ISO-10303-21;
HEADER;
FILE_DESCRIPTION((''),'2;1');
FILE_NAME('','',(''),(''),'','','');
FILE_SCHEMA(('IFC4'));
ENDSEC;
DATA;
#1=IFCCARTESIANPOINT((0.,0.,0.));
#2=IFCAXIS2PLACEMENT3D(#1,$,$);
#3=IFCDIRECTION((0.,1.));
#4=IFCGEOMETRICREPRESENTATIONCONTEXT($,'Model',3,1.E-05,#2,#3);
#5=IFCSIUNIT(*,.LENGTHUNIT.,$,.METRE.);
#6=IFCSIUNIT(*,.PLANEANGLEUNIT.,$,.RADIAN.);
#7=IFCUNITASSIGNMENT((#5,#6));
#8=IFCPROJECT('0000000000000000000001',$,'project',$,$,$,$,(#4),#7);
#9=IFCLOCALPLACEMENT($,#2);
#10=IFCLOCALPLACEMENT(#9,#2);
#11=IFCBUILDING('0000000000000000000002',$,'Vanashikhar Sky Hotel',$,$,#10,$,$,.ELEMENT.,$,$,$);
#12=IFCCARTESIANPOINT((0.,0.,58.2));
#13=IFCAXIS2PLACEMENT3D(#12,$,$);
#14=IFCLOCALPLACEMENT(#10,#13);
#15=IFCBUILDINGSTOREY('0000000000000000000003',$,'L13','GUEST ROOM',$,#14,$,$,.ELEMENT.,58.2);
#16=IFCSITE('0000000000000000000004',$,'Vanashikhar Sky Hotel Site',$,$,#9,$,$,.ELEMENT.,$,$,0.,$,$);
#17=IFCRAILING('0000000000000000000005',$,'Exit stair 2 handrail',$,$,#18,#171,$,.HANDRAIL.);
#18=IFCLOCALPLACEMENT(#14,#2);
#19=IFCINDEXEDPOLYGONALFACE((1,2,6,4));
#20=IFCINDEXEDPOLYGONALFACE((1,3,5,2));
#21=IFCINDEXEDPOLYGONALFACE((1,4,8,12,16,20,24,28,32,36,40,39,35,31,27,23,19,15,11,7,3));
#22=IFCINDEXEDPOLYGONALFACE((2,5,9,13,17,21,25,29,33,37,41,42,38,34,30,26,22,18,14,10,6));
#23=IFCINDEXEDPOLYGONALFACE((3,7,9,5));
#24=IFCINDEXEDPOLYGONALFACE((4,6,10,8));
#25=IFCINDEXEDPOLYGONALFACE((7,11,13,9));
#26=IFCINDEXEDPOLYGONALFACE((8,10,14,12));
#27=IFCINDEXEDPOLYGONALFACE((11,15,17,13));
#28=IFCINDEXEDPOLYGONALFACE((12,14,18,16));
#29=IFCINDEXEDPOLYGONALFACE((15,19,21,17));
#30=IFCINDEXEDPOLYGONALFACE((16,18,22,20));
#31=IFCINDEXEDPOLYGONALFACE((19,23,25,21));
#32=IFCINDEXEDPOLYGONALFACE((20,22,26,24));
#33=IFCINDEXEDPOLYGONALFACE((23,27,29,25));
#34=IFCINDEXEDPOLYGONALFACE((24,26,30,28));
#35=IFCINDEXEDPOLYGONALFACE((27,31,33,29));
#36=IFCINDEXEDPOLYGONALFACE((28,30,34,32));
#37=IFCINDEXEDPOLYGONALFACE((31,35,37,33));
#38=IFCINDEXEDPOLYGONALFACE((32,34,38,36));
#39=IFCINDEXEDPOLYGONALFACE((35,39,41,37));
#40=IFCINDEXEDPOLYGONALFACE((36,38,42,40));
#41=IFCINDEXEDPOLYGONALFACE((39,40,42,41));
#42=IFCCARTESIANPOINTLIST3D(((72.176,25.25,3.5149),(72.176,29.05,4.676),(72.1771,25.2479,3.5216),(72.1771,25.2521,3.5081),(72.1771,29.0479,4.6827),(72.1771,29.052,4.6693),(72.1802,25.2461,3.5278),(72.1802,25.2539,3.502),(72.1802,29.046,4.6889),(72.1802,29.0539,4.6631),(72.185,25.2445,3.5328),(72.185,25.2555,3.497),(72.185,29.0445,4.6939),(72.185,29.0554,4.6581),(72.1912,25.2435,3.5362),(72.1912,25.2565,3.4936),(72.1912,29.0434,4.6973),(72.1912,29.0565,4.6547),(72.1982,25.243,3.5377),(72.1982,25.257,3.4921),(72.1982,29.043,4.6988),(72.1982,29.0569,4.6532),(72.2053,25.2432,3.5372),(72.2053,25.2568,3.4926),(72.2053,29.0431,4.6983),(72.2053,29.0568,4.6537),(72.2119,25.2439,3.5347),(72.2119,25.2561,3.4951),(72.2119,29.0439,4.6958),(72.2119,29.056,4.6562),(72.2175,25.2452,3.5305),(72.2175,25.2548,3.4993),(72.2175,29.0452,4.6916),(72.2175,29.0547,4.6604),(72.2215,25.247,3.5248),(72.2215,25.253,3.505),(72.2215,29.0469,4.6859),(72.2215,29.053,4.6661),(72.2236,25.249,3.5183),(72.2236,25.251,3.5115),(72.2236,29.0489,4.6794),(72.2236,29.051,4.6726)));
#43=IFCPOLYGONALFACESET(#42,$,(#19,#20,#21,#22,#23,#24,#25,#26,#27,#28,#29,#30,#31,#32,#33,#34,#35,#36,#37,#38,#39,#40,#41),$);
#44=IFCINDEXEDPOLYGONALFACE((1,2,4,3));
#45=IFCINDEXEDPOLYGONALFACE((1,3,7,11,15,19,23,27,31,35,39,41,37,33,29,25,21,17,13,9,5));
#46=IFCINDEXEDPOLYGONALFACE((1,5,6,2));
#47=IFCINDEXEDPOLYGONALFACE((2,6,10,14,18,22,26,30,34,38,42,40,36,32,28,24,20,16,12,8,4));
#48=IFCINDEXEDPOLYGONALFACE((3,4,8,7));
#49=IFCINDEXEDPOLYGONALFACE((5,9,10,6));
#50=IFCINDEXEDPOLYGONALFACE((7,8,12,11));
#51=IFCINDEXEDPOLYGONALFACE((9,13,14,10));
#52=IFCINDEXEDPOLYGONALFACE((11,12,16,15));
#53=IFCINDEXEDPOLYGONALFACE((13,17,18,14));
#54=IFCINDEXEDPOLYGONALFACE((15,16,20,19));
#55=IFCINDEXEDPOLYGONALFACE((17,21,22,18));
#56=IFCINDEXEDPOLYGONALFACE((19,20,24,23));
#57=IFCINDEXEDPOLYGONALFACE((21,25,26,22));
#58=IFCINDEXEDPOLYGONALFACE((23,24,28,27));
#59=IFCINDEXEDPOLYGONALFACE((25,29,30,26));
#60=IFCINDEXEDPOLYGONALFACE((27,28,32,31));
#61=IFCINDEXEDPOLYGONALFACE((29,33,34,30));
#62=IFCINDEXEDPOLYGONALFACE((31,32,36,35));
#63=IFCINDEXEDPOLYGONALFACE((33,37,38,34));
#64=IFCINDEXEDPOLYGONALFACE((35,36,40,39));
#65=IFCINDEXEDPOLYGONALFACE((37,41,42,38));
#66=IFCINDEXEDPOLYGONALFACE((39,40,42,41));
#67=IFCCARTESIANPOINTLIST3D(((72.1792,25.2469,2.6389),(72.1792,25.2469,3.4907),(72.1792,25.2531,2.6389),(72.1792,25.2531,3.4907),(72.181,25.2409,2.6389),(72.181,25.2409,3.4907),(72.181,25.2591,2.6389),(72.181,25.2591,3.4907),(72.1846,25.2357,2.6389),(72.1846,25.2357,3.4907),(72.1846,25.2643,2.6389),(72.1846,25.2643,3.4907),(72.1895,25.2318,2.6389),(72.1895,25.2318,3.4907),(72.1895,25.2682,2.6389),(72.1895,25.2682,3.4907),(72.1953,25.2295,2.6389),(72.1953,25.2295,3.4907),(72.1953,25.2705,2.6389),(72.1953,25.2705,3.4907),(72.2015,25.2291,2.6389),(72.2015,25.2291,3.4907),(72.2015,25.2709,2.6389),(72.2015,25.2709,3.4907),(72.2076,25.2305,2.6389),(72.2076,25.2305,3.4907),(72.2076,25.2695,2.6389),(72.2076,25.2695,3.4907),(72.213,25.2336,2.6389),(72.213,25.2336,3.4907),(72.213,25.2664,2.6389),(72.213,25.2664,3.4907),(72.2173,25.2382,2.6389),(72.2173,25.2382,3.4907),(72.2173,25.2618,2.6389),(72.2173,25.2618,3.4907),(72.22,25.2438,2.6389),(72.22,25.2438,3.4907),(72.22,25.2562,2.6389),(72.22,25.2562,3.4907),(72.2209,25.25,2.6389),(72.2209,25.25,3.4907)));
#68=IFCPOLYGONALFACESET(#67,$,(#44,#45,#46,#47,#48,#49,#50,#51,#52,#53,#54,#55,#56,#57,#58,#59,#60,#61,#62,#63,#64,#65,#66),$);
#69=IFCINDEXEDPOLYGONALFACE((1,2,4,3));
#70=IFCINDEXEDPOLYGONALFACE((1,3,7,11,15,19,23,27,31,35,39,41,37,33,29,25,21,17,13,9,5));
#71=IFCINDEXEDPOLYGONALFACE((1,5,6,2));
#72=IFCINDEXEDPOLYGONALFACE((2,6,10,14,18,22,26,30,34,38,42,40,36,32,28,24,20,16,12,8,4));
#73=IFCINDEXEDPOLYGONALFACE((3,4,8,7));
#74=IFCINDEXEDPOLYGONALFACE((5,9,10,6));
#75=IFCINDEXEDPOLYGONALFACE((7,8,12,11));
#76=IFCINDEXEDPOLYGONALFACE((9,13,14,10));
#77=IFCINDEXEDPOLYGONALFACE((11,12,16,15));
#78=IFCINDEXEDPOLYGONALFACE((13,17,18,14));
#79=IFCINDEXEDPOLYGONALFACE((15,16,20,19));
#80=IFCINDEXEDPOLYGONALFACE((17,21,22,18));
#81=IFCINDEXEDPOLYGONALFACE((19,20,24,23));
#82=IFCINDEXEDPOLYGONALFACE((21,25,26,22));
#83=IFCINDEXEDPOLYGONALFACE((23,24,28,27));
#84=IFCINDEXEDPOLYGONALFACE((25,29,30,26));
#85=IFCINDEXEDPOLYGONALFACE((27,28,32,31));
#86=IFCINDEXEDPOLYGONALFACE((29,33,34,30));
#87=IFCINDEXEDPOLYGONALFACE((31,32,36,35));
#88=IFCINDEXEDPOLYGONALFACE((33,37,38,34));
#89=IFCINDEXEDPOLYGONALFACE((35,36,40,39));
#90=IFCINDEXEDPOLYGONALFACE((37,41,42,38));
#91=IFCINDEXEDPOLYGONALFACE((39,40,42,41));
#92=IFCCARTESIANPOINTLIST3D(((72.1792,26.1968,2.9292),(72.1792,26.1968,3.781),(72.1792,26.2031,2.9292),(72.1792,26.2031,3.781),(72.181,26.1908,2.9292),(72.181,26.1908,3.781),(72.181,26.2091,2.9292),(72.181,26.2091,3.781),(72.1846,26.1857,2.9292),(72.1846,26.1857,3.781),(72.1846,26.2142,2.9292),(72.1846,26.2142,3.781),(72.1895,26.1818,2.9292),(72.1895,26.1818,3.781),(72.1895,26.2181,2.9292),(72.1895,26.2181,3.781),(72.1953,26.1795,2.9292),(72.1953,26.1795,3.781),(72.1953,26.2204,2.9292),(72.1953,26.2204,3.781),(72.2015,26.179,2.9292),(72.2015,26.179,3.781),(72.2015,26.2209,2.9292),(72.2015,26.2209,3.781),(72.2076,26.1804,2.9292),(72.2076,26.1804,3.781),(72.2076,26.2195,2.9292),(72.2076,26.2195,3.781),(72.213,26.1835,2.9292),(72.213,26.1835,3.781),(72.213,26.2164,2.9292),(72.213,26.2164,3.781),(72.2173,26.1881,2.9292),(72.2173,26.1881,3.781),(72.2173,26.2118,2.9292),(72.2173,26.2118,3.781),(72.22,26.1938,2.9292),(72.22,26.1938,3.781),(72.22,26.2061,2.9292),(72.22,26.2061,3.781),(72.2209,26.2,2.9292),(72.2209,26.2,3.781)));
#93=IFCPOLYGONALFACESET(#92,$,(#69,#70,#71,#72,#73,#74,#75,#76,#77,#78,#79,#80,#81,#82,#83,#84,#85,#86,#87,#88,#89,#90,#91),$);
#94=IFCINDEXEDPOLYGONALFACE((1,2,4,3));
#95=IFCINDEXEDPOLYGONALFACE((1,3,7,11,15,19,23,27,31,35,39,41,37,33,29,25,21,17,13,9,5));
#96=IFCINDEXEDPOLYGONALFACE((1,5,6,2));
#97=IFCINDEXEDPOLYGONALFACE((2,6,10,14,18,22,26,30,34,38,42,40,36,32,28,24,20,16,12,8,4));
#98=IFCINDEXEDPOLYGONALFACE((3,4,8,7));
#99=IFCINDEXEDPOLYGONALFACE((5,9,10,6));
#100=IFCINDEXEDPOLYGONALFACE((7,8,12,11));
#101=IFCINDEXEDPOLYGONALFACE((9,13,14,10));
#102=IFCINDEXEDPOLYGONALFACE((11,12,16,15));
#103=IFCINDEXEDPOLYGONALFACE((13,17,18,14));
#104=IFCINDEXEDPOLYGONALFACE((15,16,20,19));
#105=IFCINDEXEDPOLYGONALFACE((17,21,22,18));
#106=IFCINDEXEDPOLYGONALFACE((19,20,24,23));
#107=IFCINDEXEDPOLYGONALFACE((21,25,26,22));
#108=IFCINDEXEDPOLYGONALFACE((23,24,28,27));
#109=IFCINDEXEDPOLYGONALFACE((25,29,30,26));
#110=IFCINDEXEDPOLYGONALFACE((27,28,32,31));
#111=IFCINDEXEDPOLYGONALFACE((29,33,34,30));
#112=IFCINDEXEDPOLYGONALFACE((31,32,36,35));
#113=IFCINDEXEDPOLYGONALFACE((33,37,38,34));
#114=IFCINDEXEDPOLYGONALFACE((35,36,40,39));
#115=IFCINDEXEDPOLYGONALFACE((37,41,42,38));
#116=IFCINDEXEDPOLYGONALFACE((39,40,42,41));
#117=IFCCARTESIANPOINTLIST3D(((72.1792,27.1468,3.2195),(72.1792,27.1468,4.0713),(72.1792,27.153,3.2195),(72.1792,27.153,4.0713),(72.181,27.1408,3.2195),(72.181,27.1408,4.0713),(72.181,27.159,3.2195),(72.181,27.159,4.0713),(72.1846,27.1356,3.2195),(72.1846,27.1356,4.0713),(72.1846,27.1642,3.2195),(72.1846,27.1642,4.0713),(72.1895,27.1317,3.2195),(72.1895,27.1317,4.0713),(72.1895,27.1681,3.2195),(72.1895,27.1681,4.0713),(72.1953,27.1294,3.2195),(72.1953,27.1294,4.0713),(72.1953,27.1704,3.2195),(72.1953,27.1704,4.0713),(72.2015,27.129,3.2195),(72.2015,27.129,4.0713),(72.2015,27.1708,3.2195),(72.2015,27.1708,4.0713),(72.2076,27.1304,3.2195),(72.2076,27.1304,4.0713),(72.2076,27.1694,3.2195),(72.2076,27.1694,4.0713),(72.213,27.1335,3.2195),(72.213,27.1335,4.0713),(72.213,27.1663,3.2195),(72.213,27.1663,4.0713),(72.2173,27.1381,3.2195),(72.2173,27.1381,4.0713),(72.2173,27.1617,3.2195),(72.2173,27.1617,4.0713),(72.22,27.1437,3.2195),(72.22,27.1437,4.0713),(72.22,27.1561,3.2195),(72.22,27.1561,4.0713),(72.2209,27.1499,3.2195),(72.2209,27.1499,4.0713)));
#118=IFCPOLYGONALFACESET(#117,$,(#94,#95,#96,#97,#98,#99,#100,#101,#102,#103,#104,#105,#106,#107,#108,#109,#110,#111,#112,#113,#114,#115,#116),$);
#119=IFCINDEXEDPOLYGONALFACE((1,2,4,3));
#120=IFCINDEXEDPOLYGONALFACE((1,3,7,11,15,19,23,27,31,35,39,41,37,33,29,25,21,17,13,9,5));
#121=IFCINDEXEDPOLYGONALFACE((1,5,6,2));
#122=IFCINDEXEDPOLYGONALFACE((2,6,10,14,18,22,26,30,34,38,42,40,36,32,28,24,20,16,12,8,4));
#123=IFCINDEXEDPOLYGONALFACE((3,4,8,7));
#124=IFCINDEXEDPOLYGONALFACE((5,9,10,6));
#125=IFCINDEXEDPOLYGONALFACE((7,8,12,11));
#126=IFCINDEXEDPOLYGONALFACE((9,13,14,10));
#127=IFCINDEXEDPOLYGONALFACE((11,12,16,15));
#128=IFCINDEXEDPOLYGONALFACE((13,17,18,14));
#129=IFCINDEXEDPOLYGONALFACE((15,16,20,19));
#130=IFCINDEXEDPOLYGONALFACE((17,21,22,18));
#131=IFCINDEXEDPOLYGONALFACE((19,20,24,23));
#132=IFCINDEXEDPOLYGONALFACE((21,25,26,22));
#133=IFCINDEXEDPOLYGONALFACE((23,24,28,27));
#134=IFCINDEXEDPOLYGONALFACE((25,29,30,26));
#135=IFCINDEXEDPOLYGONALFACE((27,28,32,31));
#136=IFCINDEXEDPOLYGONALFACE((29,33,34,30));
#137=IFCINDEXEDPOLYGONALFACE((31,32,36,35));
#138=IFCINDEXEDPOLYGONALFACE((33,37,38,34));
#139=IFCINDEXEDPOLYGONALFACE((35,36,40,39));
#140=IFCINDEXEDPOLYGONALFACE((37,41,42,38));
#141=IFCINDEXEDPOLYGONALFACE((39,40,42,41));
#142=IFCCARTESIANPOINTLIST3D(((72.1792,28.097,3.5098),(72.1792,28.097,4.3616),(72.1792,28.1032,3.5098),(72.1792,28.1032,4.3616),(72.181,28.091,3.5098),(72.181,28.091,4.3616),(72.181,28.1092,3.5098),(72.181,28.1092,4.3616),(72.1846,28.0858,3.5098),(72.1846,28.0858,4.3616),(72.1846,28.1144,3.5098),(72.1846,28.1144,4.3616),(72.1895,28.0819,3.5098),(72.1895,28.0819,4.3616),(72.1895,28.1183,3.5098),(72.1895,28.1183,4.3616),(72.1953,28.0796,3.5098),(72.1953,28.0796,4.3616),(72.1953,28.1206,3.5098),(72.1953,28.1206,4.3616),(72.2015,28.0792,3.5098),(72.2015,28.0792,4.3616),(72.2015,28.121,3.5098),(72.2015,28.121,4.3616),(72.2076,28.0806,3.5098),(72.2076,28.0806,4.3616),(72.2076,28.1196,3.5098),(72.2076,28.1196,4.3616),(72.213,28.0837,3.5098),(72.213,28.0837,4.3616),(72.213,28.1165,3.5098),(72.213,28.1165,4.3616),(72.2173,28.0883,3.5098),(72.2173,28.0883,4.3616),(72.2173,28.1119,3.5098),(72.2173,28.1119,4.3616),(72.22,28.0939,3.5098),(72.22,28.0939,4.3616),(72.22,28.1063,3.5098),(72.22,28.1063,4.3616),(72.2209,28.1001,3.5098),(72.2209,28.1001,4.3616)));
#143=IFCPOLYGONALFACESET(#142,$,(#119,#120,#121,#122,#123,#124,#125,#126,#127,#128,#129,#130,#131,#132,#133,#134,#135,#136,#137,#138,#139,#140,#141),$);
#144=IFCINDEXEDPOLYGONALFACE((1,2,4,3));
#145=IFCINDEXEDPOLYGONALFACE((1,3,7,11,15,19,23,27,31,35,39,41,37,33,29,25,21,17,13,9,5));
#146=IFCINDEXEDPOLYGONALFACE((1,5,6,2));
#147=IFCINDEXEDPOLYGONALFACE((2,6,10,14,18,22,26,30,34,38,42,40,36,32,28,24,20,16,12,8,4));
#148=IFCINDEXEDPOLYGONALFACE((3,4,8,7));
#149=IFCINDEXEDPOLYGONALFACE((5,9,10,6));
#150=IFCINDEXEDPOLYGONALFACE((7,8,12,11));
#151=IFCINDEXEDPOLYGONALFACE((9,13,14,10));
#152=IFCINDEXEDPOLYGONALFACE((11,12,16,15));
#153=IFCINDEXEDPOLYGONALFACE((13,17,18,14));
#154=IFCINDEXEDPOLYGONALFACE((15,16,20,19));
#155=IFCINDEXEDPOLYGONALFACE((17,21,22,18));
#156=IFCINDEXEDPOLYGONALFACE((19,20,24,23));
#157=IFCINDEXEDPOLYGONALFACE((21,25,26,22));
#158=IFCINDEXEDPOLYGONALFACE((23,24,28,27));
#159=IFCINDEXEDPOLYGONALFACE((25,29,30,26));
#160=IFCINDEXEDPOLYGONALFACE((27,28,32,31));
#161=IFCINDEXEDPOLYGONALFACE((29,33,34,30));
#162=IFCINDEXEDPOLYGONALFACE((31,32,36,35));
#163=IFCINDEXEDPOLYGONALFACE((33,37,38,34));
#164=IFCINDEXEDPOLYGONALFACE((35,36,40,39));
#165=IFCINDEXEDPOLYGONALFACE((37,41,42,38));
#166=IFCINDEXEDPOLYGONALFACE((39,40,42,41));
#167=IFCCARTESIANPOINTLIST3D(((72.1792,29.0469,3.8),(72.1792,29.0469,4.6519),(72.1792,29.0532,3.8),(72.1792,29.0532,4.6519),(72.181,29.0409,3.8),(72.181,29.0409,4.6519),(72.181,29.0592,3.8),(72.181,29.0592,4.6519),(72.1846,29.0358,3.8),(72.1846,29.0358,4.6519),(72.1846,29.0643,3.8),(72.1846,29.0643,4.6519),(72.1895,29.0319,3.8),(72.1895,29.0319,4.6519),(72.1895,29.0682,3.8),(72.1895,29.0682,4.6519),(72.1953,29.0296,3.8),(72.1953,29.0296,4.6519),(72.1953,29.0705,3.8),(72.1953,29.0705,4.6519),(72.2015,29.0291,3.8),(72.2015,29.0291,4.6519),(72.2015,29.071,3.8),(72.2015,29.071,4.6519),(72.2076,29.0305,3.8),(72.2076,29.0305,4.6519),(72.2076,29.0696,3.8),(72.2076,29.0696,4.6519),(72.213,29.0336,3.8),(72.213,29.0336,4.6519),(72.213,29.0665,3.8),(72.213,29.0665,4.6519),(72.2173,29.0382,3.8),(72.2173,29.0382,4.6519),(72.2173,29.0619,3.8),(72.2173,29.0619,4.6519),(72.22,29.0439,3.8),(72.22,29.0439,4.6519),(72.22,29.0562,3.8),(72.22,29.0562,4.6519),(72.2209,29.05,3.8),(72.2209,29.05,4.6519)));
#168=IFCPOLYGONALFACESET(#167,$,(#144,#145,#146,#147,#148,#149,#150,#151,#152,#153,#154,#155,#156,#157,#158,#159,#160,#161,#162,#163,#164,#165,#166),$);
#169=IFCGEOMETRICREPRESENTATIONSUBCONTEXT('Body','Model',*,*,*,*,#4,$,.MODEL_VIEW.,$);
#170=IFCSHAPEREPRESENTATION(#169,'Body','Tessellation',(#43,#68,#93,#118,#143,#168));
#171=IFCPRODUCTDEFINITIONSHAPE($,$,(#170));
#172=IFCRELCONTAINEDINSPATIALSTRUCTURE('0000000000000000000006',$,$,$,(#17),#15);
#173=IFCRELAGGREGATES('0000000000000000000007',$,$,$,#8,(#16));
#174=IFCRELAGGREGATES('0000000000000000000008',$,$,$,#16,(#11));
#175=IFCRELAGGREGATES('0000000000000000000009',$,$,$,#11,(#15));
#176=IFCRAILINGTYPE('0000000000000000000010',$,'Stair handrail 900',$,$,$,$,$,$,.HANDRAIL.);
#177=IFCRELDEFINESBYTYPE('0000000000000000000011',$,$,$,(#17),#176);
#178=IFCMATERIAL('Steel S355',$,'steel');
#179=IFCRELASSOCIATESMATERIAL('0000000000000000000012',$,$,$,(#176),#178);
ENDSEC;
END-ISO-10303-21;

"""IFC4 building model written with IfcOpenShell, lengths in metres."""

from ifc_helpers import new_model, si_unit, direction, frame, origin, origin_2d, place, context, subcontext, project, spatial, circle, extrude, source, transform, mapped, material, type_object, element, save


model = new_model("IFC4")

# Units and contexts
model_context = context("Model", 3, precision=1e-05, world=origin(), true_north=direction((0.0, 1.0)))
body_context = subcontext(model_context, "Body", "Model", "MODEL_VIEW")
ifc_project = project(units=[si_unit("LENGTHUNIT", "METRE"), si_unit("PLANEANGLEUNIT", "RADIAN")], contexts=[model_context])

# Site, building, storey
site_placement = place(None, origin())
site = spatial("IfcSite", under=ifc_project, at=site_placement, Name="Vanashikhar Sky Hotel Site", CompositionType="ELEMENT", RefElevation=0.0)
building_placement = place(site_placement, origin())
building = spatial("IfcBuilding", under=site, at=building_placement, Name="Vanashikhar Sky Hotel", CompositionType="ELEMENT")
storey_placement = place(building_placement, frame((0.0, 0.0, 58.2)))
storey = spatial("IfcBuildingStorey", under=building, at=storey_placement, Name="L13", Description="GUEST ROOM", CompositionType="ELEMENT", Elevation=58.2)

# Railing
ifc_material_1 = material(Name="Steel S355", Category="steel")
railing_type_1 = type_object("IfcRailingType", Name="Stair handrail 900", PredefinedType="HANDRAIL", material=ifc_material_1)
shared_shape_1 = source(origin(), body_context, "Body", "SweptSolid", [
    extrude(circle(Radius=0.0239, at=origin_2d()), frame((0.0, 0.0, 0.876), z_axis=(0.0, 0.956351, 0.29222), x_axis=(-1.0, 0.0, 0.0)), (0.0, 0.0, 1.0), 3.9734),
    extrude(circle(Radius=0.021, at=origin_2d()), origin(), (0.0, 0.0, 1.0), 0.8518),
    extrude(circle(Radius=0.021, at=origin_2d()), frame((0.0, 0.95, 0.2903)), (0.0, 0.0, 1.0), 0.8518),
    extrude(circle(Radius=0.021, at=origin_2d()), frame((0.0, 1.8999, 0.5806)), (0.0, 0.0, 1.0), 0.8518),
    extrude(circle(Radius=0.021, at=origin_2d()), frame((0.0, 2.8501, 0.8708)), (0.0, 0.0, 1.0), 0.8518),
    extrude(circle(Radius=0.021, at=origin_2d()), frame((0.0, 3.8, 1.1611)), (0.0, 0.0, 1.0), 0.8518),
])
for number, where, name in (
    (1, (72.2, 25.25, 2.6389), "Exit stair 2 handrail"),
):
    element("IfcRailing", number, at=place(storey_placement, frame(where)), inside=storey, type_object=railing_type_1, Name=name, PredefinedType="HANDRAIL", context=body_context, shape_type="MappedRepresentation", body=[
        mapped(shared_shape_1, transform((0.0, 0.0, 0.0), scale=1.0)),
    ])

save(model, "model.ifc")
